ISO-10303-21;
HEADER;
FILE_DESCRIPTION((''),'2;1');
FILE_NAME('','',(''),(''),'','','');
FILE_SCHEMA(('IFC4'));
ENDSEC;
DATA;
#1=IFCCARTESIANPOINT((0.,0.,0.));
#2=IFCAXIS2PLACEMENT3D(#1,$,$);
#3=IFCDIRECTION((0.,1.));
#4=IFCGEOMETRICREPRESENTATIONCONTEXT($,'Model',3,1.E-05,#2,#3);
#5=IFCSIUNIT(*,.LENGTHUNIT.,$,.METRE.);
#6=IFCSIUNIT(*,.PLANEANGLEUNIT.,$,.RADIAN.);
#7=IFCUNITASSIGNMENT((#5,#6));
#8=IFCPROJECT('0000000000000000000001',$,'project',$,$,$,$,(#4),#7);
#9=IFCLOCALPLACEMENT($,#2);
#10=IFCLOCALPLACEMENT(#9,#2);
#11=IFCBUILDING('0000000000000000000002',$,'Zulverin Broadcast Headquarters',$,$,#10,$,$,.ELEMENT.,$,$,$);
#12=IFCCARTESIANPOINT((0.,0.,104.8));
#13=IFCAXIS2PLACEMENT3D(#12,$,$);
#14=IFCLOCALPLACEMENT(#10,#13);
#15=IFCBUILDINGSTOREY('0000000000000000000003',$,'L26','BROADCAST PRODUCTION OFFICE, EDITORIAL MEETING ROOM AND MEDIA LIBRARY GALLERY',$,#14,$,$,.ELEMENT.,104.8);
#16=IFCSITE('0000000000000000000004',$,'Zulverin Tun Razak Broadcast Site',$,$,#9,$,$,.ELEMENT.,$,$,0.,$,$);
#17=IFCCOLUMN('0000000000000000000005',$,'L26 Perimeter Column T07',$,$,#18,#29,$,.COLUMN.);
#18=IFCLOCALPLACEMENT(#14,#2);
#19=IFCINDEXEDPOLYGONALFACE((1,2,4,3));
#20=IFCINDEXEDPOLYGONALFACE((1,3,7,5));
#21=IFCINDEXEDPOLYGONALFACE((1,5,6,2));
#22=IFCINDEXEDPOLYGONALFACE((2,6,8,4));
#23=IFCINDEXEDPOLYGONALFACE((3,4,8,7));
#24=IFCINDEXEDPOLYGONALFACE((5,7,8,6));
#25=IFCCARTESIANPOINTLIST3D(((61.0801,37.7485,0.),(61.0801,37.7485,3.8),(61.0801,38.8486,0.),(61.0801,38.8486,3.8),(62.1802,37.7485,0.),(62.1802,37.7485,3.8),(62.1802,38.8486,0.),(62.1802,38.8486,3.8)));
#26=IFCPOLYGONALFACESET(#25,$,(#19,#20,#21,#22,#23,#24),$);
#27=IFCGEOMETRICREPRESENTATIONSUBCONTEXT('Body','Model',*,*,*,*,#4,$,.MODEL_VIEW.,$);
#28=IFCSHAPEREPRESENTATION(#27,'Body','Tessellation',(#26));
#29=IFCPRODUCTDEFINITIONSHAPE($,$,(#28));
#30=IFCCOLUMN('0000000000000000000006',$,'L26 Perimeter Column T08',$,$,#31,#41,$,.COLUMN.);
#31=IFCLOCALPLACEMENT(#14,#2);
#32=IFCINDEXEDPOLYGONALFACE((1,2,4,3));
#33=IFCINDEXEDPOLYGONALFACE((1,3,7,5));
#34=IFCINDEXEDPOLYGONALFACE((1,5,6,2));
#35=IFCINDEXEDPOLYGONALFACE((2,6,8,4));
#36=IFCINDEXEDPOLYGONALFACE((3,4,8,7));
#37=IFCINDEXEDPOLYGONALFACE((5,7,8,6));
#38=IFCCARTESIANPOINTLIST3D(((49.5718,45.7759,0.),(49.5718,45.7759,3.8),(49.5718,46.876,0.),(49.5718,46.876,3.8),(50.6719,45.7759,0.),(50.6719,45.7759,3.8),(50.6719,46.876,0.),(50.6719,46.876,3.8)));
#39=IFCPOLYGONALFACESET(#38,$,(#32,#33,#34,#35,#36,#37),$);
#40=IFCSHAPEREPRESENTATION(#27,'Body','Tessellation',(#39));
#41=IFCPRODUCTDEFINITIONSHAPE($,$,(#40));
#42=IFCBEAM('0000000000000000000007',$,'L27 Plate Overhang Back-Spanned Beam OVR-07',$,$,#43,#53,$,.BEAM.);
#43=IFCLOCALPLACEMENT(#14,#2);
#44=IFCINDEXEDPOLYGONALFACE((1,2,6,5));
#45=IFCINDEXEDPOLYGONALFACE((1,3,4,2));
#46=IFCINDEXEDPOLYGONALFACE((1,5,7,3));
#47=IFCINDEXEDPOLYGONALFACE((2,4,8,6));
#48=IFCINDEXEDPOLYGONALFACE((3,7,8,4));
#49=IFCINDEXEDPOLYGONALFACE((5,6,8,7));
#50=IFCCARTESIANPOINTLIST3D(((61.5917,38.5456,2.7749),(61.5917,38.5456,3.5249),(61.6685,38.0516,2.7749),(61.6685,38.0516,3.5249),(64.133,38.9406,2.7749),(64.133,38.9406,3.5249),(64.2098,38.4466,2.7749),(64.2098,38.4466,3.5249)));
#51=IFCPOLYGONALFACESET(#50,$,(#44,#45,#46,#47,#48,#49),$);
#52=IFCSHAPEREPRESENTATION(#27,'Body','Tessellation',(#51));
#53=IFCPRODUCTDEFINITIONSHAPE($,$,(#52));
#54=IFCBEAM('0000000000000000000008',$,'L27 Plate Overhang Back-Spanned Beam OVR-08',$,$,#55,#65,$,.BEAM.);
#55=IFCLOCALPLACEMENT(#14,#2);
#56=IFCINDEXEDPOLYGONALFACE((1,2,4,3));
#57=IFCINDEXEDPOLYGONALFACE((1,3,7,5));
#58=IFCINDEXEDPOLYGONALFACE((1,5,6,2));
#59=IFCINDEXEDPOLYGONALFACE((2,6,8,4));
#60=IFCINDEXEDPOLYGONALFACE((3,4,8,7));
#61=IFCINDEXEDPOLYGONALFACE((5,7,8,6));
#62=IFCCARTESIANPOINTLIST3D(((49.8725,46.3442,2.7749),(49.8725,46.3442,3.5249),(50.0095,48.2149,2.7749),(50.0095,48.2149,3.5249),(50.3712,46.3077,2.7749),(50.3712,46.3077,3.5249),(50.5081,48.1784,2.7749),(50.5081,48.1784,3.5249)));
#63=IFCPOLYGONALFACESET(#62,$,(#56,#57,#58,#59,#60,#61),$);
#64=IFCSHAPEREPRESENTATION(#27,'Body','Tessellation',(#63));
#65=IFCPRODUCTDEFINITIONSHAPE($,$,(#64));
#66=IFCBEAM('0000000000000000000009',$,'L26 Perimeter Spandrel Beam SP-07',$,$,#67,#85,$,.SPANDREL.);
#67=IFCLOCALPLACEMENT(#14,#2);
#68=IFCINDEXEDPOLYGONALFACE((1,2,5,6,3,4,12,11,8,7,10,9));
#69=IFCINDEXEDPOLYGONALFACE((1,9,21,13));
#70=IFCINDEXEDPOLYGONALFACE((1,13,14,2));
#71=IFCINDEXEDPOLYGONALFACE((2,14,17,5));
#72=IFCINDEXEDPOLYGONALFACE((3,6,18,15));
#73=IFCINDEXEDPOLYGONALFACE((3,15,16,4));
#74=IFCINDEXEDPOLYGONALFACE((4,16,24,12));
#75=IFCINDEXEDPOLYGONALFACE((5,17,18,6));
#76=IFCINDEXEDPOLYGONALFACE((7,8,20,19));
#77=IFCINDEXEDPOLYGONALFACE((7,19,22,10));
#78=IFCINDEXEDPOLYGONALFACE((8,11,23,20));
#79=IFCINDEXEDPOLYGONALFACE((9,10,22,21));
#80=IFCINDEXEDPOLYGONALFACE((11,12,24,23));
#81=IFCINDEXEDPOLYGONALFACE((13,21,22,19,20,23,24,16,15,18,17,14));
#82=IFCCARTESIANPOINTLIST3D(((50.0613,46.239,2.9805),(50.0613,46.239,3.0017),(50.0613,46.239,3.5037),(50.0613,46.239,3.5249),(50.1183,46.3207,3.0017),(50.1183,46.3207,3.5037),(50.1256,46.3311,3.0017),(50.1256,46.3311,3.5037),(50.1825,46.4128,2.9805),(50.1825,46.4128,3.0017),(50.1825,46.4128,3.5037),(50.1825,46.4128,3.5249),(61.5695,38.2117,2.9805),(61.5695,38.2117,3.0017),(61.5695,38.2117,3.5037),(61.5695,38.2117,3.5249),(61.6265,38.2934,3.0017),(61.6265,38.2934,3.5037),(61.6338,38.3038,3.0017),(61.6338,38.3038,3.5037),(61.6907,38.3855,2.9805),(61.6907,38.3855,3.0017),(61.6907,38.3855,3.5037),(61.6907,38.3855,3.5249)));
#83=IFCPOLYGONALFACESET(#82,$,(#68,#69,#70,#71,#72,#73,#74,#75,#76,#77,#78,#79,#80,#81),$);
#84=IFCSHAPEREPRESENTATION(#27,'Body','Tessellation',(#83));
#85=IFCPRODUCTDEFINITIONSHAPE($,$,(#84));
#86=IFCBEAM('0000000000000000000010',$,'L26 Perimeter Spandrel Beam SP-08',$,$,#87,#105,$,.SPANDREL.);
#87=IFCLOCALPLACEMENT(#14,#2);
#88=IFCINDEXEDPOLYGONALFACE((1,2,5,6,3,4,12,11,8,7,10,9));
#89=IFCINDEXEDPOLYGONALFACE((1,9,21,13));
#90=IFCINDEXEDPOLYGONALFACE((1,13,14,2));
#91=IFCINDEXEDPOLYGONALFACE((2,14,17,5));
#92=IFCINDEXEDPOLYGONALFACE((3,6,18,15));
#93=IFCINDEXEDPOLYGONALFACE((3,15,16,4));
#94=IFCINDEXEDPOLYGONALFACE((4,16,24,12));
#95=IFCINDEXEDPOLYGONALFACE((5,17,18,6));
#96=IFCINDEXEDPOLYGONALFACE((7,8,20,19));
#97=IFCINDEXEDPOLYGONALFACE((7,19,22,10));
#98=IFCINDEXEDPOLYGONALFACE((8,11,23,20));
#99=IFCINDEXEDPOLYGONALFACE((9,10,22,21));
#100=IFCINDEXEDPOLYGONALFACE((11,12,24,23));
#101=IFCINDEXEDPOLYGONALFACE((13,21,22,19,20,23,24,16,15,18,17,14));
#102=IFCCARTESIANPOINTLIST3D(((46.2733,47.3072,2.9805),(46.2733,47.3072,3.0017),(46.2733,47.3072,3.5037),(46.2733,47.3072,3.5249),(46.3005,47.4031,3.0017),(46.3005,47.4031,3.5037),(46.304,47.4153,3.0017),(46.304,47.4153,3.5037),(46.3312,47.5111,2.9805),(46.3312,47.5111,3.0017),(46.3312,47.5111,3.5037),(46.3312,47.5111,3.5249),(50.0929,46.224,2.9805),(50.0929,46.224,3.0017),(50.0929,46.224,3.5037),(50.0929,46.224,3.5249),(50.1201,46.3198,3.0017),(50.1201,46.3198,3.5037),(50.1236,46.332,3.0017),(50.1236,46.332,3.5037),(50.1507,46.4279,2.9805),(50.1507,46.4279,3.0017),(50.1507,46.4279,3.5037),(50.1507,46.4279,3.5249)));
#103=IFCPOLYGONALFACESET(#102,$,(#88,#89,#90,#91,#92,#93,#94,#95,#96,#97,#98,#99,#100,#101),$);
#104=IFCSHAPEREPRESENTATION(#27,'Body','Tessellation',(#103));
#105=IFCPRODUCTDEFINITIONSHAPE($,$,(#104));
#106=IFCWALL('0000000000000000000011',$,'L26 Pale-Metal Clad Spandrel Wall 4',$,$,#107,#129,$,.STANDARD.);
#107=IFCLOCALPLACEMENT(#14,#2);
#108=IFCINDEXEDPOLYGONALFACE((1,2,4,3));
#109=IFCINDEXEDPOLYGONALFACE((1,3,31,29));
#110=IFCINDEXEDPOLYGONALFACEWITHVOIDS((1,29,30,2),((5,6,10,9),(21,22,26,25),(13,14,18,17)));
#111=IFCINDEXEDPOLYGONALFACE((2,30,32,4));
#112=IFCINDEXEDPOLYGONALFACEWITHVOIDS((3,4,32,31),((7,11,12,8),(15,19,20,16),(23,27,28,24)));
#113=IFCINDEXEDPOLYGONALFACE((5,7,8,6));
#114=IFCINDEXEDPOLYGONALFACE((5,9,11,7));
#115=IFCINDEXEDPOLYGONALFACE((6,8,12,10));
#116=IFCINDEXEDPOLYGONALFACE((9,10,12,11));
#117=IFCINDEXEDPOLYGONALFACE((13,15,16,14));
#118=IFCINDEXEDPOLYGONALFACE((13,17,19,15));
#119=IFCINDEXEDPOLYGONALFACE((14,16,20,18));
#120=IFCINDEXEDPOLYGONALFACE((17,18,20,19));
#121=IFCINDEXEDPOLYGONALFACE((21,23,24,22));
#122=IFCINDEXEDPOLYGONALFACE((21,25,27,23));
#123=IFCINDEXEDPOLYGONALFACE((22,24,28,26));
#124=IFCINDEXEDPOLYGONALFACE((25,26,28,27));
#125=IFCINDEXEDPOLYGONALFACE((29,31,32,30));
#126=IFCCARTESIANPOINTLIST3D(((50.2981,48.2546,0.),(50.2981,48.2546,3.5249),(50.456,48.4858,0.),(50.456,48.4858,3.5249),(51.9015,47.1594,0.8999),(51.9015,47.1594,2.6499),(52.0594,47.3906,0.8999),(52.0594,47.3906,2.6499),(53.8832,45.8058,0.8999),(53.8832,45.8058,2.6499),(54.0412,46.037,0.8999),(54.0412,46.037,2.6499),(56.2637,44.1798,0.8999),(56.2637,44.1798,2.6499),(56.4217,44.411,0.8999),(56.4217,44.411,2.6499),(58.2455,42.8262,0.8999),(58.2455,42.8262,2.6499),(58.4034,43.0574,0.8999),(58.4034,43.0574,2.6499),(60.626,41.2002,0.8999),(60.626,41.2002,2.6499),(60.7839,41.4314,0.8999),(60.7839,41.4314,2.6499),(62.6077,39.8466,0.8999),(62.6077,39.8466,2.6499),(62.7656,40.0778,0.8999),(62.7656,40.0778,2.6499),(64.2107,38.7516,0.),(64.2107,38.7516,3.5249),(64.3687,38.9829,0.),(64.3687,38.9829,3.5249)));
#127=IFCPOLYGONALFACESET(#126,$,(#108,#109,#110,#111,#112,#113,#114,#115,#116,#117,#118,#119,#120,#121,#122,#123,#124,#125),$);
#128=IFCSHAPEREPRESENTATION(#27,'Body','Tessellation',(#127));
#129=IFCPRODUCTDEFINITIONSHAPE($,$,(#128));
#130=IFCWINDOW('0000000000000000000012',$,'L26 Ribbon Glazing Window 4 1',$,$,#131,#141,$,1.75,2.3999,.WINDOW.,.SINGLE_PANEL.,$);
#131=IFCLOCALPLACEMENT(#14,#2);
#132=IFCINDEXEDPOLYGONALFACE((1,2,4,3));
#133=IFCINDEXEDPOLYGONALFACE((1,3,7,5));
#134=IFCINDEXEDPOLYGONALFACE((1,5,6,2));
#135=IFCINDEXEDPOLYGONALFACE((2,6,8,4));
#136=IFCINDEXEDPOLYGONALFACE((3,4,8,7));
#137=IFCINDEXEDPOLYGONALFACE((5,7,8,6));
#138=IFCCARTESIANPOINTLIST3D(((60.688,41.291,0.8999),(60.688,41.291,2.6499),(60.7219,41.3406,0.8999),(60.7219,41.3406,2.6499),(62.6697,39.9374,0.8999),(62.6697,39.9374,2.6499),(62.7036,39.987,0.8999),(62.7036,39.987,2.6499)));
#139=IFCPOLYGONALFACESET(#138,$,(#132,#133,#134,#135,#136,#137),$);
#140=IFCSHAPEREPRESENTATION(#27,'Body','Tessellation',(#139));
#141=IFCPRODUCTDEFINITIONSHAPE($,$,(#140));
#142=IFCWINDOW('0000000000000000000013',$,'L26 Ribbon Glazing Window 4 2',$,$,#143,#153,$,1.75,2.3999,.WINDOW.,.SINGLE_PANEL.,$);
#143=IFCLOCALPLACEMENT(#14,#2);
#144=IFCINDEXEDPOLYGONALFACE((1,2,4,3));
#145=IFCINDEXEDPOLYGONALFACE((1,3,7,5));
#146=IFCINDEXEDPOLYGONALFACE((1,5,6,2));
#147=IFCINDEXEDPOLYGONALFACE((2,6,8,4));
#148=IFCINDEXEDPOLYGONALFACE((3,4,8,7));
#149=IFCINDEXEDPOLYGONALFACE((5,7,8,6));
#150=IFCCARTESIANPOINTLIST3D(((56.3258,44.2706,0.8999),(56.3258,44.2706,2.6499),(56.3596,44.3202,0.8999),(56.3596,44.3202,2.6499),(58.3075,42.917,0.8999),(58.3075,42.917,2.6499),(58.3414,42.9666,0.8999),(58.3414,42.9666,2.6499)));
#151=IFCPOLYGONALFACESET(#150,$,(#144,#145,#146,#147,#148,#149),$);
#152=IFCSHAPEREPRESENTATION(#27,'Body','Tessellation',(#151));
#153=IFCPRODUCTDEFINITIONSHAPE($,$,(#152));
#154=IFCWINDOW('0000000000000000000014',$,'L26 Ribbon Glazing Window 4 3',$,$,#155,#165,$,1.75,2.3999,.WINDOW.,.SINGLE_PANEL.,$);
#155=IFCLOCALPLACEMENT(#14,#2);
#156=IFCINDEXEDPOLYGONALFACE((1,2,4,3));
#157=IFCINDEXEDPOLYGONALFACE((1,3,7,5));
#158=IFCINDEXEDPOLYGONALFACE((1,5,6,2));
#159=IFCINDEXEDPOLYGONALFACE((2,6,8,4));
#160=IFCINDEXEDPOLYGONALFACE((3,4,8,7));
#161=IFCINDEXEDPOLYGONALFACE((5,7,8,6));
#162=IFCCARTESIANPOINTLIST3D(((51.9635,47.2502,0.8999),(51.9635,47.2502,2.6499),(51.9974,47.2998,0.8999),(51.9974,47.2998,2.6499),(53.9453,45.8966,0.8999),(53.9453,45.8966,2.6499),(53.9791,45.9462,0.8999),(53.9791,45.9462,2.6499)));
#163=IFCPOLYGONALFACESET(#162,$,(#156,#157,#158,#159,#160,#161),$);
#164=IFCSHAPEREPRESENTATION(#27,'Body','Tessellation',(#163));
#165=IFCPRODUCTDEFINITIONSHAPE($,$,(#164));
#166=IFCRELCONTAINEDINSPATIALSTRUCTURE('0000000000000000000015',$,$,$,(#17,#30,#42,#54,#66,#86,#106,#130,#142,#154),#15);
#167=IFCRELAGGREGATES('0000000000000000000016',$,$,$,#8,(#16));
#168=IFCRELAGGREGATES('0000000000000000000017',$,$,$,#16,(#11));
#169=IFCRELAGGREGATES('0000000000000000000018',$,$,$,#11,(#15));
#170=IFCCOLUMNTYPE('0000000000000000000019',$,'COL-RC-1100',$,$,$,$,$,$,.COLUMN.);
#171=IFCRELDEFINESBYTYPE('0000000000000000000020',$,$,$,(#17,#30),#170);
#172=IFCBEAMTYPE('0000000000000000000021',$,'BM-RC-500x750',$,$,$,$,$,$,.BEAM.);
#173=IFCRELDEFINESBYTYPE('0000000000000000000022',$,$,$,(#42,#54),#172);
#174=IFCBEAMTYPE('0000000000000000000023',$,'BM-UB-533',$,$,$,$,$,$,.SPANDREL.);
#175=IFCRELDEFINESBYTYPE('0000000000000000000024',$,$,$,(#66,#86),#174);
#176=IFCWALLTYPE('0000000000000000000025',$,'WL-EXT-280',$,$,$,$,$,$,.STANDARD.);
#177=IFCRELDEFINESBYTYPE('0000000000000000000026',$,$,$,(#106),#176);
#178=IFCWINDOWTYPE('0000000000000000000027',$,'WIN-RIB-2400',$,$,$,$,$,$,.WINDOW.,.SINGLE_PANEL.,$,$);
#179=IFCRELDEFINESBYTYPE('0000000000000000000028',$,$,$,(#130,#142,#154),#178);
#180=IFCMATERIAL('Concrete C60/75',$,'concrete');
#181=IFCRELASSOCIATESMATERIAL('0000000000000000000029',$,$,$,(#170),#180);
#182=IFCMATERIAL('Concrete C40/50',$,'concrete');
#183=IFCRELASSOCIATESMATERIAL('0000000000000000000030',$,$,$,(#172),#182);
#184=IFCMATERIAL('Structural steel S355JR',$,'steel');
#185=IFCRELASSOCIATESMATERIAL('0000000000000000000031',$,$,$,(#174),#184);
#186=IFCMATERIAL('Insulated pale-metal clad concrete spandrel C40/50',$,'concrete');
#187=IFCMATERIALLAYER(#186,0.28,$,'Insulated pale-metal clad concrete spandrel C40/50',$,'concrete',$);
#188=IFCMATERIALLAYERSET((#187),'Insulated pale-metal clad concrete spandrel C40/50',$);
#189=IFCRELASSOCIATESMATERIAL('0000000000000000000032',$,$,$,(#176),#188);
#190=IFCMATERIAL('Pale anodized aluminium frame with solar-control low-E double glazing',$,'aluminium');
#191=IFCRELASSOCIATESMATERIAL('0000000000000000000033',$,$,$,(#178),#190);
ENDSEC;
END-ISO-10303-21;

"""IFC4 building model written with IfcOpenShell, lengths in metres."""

from ifc_helpers import new_model, si_unit, direction, frame, frame_2d, origin, origin_2d, place, context, subcontext, project, spatial, rectangle, i_section, extrude, material, layer, layer_set, material_profile, profile_set, type_object, element, fill, save


model = new_model("IFC4")

# Units and contexts
model_context = context("Model", 3, precision=1e-05, world=origin(), true_north=direction((0.0, 1.0)))
body_context = subcontext(model_context, "Body", "Model", "MODEL_VIEW")
ifc_project = project(units=[si_unit("LENGTHUNIT", "METRE"), si_unit("PLANEANGLEUNIT", "RADIAN")], contexts=[model_context])

# Site, building, storey
site_placement = place(None, origin())
site = spatial("IfcSite", under=ifc_project, at=site_placement, Name="Zulverin Tun Razak Broadcast Site", CompositionType="ELEMENT", RefElevation=0.0)
building_placement = place(site_placement, origin())
building = spatial("IfcBuilding", under=site, at=building_placement, Name="Zulverin Broadcast Headquarters", CompositionType="ELEMENT")
storey_placement = place(building_placement, frame((0.0, 0.0, 104.8)))
storey = spatial("IfcBuildingStorey", under=building, at=storey_placement, Name="L26", Description="BROADCAST PRODUCTION OFFICE, EDITORIAL MEETING ROOM AND MEDIA LIBRARY GALLERY", CompositionType="ELEMENT", Elevation=104.8)

# Columns
ifc_material_1 = material(Name="Concrete C60/75", Category="concrete")
ifc_material_profile_1 = material_profile(ifc_material_1, rectangle(XDim=1.1001, YDim=1.1001, at=origin_2d()), Name="Concrete C60/75", Category="concrete")
ifc_profile_set_1 = profile_set([ifc_material_profile_1], Name="Concrete C60/75")
column_type = type_object("IfcColumnType", Name="COL-RC-1100", PredefinedType="COLUMN", material=ifc_profile_set_1)
for number, where, z_axis, x_axis, name in (
    (1, (61.6301, 38.2986, 0.0), (0.0, 0.0, 1.0), (1.0, 0.0, 0.0), "L26 Perimeter Column T07"),
    (2, (50.1218, 46.3259, 0.0), (0.0, 0.0, 1.0), (1.0, 0.0, 0.0), "L26 Perimeter Column T08"),
):
    element("IfcColumn", number, at=place(storey_placement, frame(where, z_axis=z_axis, x_axis=x_axis)), inside=storey, type_object=column_type, Name=name, PredefinedType="COLUMN", context=body_context, shape_type="SweptSolid", body=[
        extrude(rectangle(XDim=1.1001, YDim=1.1001, at=origin_2d()), origin(), (0.0, 0.0, 1.0), 3.8),
    ])

# Beams
ifc_material_2 = material(Name="Concrete C40/50", Category="concrete")
ifc_material_profile_2 = material_profile(ifc_material_2, rectangle(XDim=0.5, YDim=0.75, at=origin_2d()), Name="Concrete C40/50", Category="concrete")
ifc_profile_set_2 = profile_set([ifc_material_profile_2], Name="Concrete C40/50")
beam_type_1 = type_object("IfcBeamType", Name="BM-RC-500x750", PredefinedType="BEAM", material=ifc_profile_set_2)
beam_1_placement = place(storey_placement, frame((61.6301, 38.2986, 3.1499), z_axis=(0.988133, 0.153598, 0.0), x_axis=(-0.153598, 0.988133, 0.0)))
element("IfcBeam", 3, at=beam_1_placement, inside=storey, type_object=beam_type_1, Name="L27 Plate Overhang Back-Spanned Beam OVR-07", PredefinedType="BEAM", context=body_context, shape_type="SweptSolid", body=[
    extrude(rectangle(XDim=0.5, YDim=0.75, at=origin_2d()), origin(), (0.0, 0.0, 1.0), 2.5718),
])
beam_2_placement = place(storey_placement, frame((50.1218, 46.3259, 3.1499), z_axis=(0.073023, 0.99733, 0.0), x_axis=(-0.99733, 0.073023, 0.0)))
element("IfcBeam", 4, at=beam_2_placement, inside=storey, type_object=beam_type_1, Name="L27 Plate Overhang Back-Spanned Beam OVR-08", PredefinedType="BEAM", context=body_context, shape_type="SweptSolid", body=[
    extrude(rectangle(XDim=0.5, YDim=0.75, at=origin_2d()), origin(), (0.0, 0.0, 1.0), 1.8757),
])
ifc_material_3 = material(Name="Structural steel S355JR", Category="steel")
ifc_material_profile_3 = material_profile(ifc_material_3, i_section(OverallWidth=0.2119, OverallDepth=0.5444, WebThickness=0.0127, FlangeThickness=0.0212, at=origin_2d()), Name="Structural steel S355JR", Category="steel")
ifc_profile_set_3 = profile_set([ifc_material_profile_3], Name="Structural steel S355JR")
beam_type_2 = type_object("IfcBeamType", Name="BM-UB-533", PredefinedType="SPANDREL", material=ifc_profile_set_3)
beam_3_placement = place(storey_placement, frame((61.6301, 38.2986, 3.2527), z_axis=(-0.820184, 0.5721, 0.0), x_axis=(-0.5721, -0.820184, 0.0)))
element("IfcBeam", 5, at=beam_3_placement, inside=storey, type_object=beam_type_2, Name="L26 Perimeter Spandrel Beam SP-07", PredefinedType="SPANDREL", context=body_context, shape_type="SweptSolid", body=[
    extrude(i_section(OverallWidth=0.2119, OverallDepth=0.5444, WebThickness=0.0127, FlangeThickness=0.0212, at=origin_2d()), origin(), (0.0, 0.0, 1.0), 14.0312),
])
beam_4_placement = place(storey_placement, frame((50.1218, 46.3259, 3.2527), z_axis=(-0.962058, 0.272844, 0.0), x_axis=(-0.272844, -0.962058, 0.0)))
element("IfcBeam", 6, at=beam_4_placement, inside=storey, type_object=beam_type_2, Name="L26 Perimeter Spandrel Beam SP-08", PredefinedType="SPANDREL", context=body_context, shape_type="SweptSolid", body=[
    extrude(i_section(OverallWidth=0.2119, OverallDepth=0.5444, WebThickness=0.0127, FlangeThickness=0.0212, at=origin_2d()), origin(), (0.0, 0.0, 1.0), 3.9702),
])

# Wall, openings, windows
ifc_material_4 = material(Name="Insulated pale-metal clad concrete spandrel C40/50", Category="concrete")
ifc_layer_1 = layer(ifc_material_4, 0.28, Name="Insulated pale-metal clad concrete spandrel C40/50", Category="concrete")
ifc_layer_set_1 = layer_set([ifc_layer_1], Name="Insulated pale-metal clad concrete spandrel C40/50")
wall_type = type_object("IfcWallType", Name="WL-EXT-280", PredefinedType="STANDARD", material=ifc_layer_set_1)
wall_1_placement = place(storey_placement, frame((64.2898, 38.8672, 0.0), z_axis=(0.0, 0.0, 1.0), x_axis=(-0.825756, 0.564028, 0.0)))
wall_1 = element("IfcWall", 7, at=wall_1_placement, inside=storey, type_object=wall_type, Name="L26 Pale-Metal Clad Spandrel Wall 4", PredefinedType="STANDARD", context=body_context, shape_type="SweptSolid", body=[
    extrude(rectangle(XDim=16.8484, YDim=0.28, at=frame_2d((8.4243, 0.0))), origin(), (0.0, 0.0, 1.0), 3.5249),
])
opening_1_placement = place(wall_1_placement, frame((1.9414, 0.0, 0.8999)))
opening_1 = element("IfcOpeningElement", 8, at=opening_1_placement, cuts=wall_1, PredefinedType="OPENING", context=body_context, shape_type="SweptSolid", body=[
    extrude(rectangle(XDim=2.3999, YDim=1.75, at=frame_2d((1.2, 0.875))), frame((0.0, 0.1499, 0.0), z_axis=(0.0, -1.0, 0.0), x_axis=(1.0, 0.0, 0.0)), (0.0, 0.0, 1.0), 0.3),
])
opening_2_placement = place(wall_1_placement, frame((7.2241, 0.0, 0.8999)))
opening_2 = element("IfcOpeningElement", 9, at=opening_2_placement, cuts=wall_1, PredefinedType="OPENING", context=body_context, shape_type="SweptSolid", body=[
    extrude(rectangle(XDim=2.3999, YDim=1.75, at=frame_2d((1.2, 0.875))), frame((0.0, 0.1499, 0.0), z_axis=(0.0, -1.0, 0.0), x_axis=(1.0, 0.0, 0.0)), (0.0, 0.0, 1.0), 0.3),
])
opening_3_placement = place(wall_1_placement, frame((12.5068, 0.0, 0.8999)))
opening_3 = element("IfcOpeningElement", 10, at=opening_3_placement, cuts=wall_1, PredefinedType="OPENING", context=body_context, shape_type="SweptSolid", body=[
    extrude(rectangle(XDim=2.3999, YDim=1.75, at=frame_2d((1.2, 0.875))), frame((0.0, 0.1499, 0.0), z_axis=(0.0, -1.0, 0.0), x_axis=(1.0, 0.0, 0.0)), (0.0, 0.0, 1.0), 0.3),
])
ifc_material_5 = material(Name="Pale anodized aluminium frame with solar-control low-E double glazing", Category="aluminium")
window_type = type_object("IfcWindowType", Name="WIN-RIB-2400", PartitioningType="SINGLE_PANEL", PredefinedType="WINDOW", material=ifc_material_5)
window_1_placement = place(opening_1_placement, origin())
window_1 = element("IfcWindow", 11, at=window_1_placement, inside=storey, type_object=window_type, Name="L26 Ribbon Glazing Window 4 1", OverallHeight=1.75, OverallWidth=2.3999, PartitioningType="SINGLE_PANEL", PredefinedType="WINDOW", context=body_context, shape_type="SweptSolid", body=[
    extrude(rectangle(XDim=2.3999, YDim=1.75, at=frame_2d((1.2, 0.875))), frame((0.0, 0.03, 0.0), z_axis=(0.0, -1.0, 0.0), x_axis=(1.0, 0.0, 0.0)), (0.0, 0.0, 1.0), 0.0601),
])
fill(opening_1, window_1)
window_2_placement = place(opening_2_placement, origin())
window_2 = element("IfcWindow", 12, at=window_2_placement, inside=storey, type_object=window_type, Name="L26 Ribbon Glazing Window 4 2", OverallHeight=1.75, OverallWidth=2.3999, PartitioningType="SINGLE_PANEL", PredefinedType="WINDOW", context=body_context, shape_type="SweptSolid", body=[
    extrude(rectangle(XDim=2.3999, YDim=1.75, at=frame_2d((1.2, 0.875))), frame((0.0, 0.03, 0.0), z_axis=(0.0, -1.0, 0.0), x_axis=(1.0, 0.0, 0.0)), (0.0, 0.0, 1.0), 0.0601),
])
fill(opening_2, window_2)
window_3_placement = place(opening_3_placement, origin())
window_3 = element("IfcWindow", 13, at=window_3_placement, inside=storey, type_object=window_type, Name="L26 Ribbon Glazing Window 4 3", OverallHeight=1.75, OverallWidth=2.3999, PartitioningType="SINGLE_PANEL", PredefinedType="WINDOW", context=body_context, shape_type="SweptSolid", body=[
    extrude(rectangle(XDim=2.3999, YDim=1.75, at=frame_2d((1.2, 0.875))), frame((0.0, 0.03, 0.0), z_axis=(0.0, -1.0, 0.0), x_axis=(1.0, 0.0, 0.0)), (0.0, 0.0, 1.0), 0.0601),
])
fill(opening_3, window_3)

save(model, "model.ifc")
